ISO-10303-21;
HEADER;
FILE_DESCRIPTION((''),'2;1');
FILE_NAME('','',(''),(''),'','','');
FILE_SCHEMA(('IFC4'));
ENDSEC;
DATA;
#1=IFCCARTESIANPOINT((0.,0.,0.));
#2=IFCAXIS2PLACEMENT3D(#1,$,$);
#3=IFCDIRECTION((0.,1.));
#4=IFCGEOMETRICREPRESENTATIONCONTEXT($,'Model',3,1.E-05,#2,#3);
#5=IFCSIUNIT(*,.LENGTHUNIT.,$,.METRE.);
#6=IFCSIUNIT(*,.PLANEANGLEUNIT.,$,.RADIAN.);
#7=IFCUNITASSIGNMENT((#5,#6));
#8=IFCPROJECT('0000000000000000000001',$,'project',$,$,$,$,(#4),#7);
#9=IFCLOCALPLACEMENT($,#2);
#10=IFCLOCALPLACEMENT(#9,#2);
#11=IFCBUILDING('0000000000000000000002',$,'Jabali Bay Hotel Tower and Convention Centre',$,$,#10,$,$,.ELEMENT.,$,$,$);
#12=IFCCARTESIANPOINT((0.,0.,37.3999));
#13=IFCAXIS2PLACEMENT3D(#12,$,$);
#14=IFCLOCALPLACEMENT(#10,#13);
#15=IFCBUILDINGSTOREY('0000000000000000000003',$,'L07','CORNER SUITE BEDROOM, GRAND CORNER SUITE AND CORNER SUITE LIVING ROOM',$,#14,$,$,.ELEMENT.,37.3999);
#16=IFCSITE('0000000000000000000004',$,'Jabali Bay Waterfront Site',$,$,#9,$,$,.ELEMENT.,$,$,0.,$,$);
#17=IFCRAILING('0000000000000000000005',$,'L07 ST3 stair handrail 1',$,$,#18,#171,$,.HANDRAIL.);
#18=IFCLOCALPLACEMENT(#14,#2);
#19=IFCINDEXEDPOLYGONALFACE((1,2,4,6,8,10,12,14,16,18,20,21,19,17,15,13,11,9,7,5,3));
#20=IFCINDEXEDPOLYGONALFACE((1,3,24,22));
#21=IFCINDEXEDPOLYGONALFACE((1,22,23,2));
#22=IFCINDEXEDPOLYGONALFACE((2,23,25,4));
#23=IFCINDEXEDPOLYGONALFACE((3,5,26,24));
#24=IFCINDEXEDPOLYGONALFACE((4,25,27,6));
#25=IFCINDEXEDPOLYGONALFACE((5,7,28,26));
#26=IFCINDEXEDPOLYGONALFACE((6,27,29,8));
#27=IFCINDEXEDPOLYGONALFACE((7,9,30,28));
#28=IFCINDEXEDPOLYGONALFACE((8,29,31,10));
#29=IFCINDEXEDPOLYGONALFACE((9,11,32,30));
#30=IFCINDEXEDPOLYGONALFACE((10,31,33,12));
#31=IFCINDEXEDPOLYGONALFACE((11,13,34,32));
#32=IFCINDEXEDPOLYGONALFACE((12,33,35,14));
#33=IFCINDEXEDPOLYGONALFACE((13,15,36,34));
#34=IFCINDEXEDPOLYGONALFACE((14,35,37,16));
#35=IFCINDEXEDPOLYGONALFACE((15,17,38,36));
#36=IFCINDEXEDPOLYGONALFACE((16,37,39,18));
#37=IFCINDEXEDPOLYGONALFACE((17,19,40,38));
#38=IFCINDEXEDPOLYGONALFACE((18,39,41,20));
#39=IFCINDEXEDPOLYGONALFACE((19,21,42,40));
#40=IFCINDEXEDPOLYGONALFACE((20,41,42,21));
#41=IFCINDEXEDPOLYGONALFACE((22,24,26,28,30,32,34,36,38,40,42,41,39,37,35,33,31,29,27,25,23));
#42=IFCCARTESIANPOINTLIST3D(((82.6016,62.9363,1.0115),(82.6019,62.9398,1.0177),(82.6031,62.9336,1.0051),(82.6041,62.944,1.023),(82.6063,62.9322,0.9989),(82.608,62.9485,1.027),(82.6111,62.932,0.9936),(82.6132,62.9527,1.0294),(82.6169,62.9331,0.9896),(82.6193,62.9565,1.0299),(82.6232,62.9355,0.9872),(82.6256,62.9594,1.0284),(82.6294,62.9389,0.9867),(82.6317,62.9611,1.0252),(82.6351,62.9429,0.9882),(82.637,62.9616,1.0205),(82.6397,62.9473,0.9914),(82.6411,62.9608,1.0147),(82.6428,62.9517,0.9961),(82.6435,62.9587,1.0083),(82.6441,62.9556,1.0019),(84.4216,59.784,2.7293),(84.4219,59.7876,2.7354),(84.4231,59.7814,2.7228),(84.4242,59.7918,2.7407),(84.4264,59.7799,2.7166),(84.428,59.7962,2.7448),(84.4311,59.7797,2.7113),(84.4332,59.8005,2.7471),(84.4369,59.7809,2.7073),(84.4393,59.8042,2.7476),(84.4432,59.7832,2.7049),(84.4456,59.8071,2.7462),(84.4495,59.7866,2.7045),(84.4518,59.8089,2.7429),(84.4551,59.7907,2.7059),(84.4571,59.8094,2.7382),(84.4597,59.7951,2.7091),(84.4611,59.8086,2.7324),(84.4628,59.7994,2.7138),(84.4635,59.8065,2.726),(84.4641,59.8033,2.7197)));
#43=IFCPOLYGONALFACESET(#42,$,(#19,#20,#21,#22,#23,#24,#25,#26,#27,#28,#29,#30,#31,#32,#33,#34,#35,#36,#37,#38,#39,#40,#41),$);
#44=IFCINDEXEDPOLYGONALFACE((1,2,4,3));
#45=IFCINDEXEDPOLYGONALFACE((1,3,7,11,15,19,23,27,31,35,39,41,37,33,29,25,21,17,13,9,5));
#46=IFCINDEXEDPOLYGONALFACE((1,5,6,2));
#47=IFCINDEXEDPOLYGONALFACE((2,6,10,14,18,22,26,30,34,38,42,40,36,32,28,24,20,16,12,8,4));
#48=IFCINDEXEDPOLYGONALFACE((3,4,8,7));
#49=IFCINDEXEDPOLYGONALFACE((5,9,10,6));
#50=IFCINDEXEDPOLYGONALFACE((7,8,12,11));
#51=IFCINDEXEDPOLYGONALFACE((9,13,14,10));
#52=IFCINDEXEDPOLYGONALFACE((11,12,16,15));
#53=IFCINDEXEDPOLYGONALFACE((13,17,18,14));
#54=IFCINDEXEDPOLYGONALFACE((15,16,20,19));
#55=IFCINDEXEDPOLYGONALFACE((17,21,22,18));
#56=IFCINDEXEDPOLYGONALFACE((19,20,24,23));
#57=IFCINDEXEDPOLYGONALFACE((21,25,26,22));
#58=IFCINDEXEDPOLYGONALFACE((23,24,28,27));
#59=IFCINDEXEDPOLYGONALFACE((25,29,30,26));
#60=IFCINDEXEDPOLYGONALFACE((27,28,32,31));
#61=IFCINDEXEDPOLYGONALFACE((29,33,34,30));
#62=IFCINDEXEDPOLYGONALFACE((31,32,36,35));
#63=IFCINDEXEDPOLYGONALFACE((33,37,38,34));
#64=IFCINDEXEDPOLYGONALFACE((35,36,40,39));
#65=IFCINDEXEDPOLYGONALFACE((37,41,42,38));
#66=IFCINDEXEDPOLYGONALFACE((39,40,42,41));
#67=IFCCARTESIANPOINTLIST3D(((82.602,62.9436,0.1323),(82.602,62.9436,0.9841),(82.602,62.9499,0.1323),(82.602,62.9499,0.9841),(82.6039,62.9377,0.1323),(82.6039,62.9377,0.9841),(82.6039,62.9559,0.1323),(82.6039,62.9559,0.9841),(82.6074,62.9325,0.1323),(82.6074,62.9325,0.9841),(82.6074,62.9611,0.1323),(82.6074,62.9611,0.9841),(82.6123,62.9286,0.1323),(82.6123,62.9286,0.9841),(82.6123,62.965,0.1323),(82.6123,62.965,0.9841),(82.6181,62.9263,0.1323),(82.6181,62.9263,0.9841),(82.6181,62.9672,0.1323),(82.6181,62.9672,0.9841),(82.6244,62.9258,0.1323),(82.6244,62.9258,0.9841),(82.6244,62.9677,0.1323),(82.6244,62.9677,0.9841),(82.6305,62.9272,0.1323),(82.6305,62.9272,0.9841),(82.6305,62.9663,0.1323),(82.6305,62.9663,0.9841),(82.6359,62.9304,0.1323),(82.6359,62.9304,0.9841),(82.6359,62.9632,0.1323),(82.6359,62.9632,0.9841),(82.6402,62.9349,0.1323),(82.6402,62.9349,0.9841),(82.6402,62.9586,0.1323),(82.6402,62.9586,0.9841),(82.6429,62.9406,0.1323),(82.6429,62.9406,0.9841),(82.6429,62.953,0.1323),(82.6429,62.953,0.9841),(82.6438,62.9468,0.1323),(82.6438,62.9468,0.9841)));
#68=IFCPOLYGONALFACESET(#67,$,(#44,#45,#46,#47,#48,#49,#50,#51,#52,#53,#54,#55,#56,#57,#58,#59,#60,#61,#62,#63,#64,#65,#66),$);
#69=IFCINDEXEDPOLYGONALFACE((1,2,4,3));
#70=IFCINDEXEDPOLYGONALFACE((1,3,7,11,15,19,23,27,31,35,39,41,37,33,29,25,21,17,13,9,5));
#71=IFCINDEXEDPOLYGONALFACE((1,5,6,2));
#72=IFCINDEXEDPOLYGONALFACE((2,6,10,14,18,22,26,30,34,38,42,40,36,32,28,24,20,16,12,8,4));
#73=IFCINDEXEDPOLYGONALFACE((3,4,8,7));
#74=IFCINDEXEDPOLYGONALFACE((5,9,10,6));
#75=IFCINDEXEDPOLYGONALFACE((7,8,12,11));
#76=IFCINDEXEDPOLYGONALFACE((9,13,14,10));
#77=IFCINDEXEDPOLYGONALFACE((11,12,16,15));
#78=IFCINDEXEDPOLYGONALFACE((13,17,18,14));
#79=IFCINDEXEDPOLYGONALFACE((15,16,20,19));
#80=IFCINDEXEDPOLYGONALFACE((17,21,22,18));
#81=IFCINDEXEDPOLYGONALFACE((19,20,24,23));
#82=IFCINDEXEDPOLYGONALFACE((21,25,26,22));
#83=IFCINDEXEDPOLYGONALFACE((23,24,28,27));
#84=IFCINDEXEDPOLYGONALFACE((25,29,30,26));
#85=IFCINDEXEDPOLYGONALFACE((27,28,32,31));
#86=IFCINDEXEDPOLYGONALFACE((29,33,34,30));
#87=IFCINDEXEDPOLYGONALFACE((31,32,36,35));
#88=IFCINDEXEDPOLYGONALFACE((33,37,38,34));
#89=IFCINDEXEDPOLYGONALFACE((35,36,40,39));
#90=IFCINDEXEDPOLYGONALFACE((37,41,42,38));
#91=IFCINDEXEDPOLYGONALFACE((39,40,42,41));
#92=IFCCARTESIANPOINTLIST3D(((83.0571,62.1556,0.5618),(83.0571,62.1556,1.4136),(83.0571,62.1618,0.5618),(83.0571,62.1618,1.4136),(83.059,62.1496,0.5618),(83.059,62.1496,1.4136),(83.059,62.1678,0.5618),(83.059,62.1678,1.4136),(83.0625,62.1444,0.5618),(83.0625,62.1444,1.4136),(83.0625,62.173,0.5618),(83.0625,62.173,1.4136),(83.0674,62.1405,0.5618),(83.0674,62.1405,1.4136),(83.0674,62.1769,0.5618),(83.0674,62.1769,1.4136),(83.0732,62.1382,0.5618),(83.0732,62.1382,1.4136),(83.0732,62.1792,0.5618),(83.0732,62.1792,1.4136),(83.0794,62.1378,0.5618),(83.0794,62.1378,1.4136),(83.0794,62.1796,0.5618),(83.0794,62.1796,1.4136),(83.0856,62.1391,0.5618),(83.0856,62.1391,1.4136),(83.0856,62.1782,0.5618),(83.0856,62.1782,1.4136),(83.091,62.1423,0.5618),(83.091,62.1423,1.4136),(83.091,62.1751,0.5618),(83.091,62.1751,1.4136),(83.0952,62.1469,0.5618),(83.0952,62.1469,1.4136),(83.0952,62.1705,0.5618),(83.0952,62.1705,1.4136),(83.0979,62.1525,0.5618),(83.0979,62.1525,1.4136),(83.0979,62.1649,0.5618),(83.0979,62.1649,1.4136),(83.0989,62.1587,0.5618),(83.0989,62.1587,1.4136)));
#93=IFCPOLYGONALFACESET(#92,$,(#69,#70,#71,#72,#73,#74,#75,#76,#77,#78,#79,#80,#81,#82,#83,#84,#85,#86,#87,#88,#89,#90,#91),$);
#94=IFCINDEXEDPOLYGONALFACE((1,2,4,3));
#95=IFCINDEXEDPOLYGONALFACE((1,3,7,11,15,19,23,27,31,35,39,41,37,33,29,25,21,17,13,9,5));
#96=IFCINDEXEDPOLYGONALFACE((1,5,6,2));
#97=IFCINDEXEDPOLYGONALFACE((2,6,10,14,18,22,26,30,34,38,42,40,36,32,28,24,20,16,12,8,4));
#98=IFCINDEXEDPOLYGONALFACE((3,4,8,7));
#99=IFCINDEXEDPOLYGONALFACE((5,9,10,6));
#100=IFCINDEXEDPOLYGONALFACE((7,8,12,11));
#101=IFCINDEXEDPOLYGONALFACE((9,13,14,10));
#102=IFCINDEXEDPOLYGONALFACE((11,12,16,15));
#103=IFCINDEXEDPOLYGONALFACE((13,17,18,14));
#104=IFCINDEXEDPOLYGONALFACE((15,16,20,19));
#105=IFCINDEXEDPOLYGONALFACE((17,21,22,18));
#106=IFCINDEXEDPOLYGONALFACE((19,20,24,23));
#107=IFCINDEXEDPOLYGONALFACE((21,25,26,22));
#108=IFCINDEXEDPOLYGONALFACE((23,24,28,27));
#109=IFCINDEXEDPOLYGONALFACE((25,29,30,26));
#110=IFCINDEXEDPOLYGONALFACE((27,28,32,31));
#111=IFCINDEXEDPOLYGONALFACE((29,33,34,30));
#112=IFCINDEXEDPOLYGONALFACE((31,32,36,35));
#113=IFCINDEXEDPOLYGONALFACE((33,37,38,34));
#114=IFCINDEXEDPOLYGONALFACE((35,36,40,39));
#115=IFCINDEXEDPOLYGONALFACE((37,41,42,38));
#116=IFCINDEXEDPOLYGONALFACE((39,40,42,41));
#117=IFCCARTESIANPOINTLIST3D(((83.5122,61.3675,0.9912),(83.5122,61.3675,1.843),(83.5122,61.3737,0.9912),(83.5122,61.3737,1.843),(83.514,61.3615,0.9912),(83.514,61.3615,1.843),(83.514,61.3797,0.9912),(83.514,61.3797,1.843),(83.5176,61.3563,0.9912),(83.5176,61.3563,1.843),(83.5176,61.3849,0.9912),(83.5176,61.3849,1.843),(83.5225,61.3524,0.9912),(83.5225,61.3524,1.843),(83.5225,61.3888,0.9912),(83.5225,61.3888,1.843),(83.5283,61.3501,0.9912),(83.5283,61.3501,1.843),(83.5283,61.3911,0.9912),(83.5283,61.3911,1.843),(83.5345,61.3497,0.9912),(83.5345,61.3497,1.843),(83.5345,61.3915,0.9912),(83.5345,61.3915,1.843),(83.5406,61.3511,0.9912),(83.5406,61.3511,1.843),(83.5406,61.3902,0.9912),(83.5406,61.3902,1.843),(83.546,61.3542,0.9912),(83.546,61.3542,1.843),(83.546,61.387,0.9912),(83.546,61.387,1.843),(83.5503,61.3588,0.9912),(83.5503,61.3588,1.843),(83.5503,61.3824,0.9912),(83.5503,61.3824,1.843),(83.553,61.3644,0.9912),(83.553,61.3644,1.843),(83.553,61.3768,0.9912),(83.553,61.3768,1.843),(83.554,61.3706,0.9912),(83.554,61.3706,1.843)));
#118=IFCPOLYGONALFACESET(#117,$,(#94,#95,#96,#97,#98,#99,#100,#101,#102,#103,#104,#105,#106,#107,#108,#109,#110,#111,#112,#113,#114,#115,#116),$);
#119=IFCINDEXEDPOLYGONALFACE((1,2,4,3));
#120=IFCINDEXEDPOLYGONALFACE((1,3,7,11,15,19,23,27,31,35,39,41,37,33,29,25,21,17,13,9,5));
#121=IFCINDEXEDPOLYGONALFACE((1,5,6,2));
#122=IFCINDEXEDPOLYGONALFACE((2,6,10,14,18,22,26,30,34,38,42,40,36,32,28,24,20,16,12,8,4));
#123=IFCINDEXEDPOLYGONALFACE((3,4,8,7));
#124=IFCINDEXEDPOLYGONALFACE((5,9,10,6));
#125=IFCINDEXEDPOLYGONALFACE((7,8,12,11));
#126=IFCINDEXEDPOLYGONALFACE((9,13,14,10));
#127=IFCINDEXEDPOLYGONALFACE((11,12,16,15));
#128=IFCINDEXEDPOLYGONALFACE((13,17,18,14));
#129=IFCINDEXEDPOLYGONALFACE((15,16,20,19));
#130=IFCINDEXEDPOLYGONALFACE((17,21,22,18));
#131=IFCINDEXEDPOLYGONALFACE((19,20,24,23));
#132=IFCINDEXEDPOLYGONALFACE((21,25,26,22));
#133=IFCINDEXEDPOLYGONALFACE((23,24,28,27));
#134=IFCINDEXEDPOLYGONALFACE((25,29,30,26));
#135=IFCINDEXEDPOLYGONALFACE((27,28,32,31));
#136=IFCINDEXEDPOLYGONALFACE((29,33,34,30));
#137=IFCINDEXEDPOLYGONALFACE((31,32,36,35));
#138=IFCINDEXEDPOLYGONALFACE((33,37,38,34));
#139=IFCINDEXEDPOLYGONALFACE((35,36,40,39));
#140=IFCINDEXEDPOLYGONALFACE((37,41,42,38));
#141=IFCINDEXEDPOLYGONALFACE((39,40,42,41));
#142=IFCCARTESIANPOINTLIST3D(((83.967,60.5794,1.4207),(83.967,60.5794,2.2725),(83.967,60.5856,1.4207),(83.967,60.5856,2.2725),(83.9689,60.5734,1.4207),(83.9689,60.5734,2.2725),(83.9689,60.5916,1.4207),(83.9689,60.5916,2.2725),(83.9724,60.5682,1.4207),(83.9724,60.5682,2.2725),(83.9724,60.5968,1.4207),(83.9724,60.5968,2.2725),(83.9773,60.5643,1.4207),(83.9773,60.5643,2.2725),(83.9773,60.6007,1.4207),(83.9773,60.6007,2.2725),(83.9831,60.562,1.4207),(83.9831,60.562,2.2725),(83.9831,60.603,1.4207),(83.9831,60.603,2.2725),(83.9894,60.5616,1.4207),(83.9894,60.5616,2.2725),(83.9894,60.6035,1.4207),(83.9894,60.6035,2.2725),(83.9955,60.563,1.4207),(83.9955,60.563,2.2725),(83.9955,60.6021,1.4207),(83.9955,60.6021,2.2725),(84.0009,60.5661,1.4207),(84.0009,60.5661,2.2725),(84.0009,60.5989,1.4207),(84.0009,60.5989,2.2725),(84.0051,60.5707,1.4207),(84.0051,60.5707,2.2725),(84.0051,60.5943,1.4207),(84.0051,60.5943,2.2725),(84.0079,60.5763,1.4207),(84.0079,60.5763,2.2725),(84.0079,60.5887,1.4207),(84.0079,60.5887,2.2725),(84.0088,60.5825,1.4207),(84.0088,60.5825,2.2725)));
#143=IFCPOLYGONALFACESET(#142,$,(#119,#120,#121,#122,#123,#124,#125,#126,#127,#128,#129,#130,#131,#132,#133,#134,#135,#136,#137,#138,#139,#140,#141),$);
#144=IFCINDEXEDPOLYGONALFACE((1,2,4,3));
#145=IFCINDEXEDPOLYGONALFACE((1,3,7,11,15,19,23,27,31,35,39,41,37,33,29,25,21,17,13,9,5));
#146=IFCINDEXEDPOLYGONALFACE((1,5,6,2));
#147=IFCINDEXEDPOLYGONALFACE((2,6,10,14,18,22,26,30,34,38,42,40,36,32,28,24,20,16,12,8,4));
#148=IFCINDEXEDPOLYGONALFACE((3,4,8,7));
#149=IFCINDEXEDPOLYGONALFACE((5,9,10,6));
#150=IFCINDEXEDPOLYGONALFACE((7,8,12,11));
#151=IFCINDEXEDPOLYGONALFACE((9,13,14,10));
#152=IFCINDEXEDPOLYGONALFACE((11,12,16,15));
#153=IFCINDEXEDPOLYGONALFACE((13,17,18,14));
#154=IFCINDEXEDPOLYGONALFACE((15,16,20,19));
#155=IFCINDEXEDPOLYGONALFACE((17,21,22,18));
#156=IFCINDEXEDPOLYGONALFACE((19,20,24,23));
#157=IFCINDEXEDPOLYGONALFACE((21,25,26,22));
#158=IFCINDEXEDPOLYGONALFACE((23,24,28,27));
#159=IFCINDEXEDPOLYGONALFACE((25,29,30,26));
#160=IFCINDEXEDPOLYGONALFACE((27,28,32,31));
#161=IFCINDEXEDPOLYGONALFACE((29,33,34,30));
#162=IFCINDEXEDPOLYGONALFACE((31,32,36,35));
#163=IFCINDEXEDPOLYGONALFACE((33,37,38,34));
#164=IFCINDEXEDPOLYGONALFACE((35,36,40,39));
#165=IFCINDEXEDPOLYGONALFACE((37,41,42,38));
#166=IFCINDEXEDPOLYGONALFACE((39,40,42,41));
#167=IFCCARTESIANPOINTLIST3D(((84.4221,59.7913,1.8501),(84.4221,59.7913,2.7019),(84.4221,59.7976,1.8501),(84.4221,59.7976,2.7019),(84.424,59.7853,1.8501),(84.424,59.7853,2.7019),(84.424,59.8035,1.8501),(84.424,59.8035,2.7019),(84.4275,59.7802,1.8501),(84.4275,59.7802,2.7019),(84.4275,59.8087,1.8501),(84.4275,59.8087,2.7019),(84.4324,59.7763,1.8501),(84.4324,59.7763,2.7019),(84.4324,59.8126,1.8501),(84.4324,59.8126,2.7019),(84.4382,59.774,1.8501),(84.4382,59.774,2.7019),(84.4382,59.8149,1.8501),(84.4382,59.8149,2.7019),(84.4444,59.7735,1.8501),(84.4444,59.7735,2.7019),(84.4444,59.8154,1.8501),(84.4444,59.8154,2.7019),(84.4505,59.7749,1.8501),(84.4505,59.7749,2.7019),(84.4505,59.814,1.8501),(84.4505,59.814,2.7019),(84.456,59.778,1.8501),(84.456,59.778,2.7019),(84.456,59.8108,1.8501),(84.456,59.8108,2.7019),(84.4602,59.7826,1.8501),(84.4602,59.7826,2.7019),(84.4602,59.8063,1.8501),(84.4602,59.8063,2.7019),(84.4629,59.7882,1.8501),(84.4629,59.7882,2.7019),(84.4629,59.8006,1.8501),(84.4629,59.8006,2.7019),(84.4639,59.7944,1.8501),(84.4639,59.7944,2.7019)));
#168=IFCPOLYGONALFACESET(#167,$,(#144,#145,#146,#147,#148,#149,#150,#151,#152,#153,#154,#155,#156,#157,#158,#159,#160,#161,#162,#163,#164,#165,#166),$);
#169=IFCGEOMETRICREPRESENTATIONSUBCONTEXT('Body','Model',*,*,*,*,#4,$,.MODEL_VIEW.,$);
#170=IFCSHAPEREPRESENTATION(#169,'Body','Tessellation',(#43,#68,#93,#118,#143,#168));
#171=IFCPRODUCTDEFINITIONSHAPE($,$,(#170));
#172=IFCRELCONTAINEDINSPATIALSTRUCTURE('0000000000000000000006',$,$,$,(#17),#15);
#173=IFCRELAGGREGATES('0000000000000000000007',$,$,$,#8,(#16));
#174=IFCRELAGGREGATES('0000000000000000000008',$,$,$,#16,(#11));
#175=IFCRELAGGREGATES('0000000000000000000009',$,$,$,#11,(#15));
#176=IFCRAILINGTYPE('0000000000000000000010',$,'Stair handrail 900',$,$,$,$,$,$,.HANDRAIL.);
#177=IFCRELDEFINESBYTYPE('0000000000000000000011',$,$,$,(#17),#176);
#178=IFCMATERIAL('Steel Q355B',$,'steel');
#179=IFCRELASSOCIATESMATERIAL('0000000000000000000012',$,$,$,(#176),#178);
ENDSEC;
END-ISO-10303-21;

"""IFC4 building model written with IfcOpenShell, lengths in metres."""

from ifc_helpers import new_model, si_unit, direction, frame, origin, origin_2d, place, context, subcontext, project, spatial, circle, extrude, material, type_object, element, save


model = new_model("IFC4")

# Units and contexts
model_context = context("Model", 3, precision=1e-05, world=origin(), true_north=direction((0.0, 1.0)))
body_context = subcontext(model_context, "Body", "Model", "MODEL_VIEW")
ifc_project = project(units=[si_unit("LENGTHUNIT", "METRE"), si_unit("PLANEANGLEUNIT", "RADIAN")], contexts=[model_context])

# Site, building, storey
site_placement = place(None, origin())
site = spatial("IfcSite", under=ifc_project, at=site_placement, Name="Jabali Bay Waterfront Site", CompositionType="ELEMENT", RefElevation=0.0)
building_placement = place(site_placement, origin())
building = spatial("IfcBuilding", under=site, at=building_placement, Name="Jabali Bay Hotel Tower and Convention Centre", CompositionType="ELEMENT")
storey_placement = place(building_placement, frame((0.0, 0.0, 37.3999)))
storey = spatial("IfcBuildingStorey", under=building, at=storey_placement, Name="L07", Description="CORNER SUITE BEDROOM, GRAND CORNER SUITE AND CORNER SUITE LIVING ROOM", CompositionType="ELEMENT", Elevation=37.3999)

# Railing
ifc_material_1 = material(Name="Steel Q355B", Category="steel")
railing_type_1 = type_object("IfcRailingType", Name="Stair handrail 900", PredefinedType="HANDRAIL", material=ifc_material_1)
railing_1_placement = place(storey_placement, frame((82.6228, 62.9468, 0.1323)))
element("IfcRailing", 1, at=railing_1_placement, inside=storey, type_object=railing_type_1, Name="L07 ST3 stair handrail 1", PredefinedType="HANDRAIL", context=body_context, shape_type="SweptSolid", body=[
    extrude(circle(Radius=0.0239, at=origin_2d()), frame((0.0, 0.0, 0.876), z_axis=(0.45219, -0.78319, 0.426775), x_axis=(0.866018, 0.500013, 0.0)), (0.0, 0.0, 1.0), 4.0249),
    extrude(circle(Radius=0.021, at=origin_2d()), origin(), (0.0, 0.0, 1.0), 0.8518),
    extrude(circle(Radius=0.021, at=origin_2d()), frame((0.4551, -0.7881, 0.4294)), (0.0, 0.0, 1.0), 0.8518),
    extrude(circle(Radius=0.021, at=origin_2d()), frame((0.9102, -1.5762, 0.8589)), (0.0, 0.0, 1.0), 0.8518),
    extrude(circle(Radius=0.021, at=origin_2d()), frame((1.365, -2.3643, 1.2883)), (0.0, 0.0, 1.0), 0.8518),
    extrude(circle(Radius=0.021, at=origin_2d()), frame((1.8201, -3.1523, 1.7178)), (0.0, 0.0, 1.0), 0.8518),
])

save(model, "model.ifc")
